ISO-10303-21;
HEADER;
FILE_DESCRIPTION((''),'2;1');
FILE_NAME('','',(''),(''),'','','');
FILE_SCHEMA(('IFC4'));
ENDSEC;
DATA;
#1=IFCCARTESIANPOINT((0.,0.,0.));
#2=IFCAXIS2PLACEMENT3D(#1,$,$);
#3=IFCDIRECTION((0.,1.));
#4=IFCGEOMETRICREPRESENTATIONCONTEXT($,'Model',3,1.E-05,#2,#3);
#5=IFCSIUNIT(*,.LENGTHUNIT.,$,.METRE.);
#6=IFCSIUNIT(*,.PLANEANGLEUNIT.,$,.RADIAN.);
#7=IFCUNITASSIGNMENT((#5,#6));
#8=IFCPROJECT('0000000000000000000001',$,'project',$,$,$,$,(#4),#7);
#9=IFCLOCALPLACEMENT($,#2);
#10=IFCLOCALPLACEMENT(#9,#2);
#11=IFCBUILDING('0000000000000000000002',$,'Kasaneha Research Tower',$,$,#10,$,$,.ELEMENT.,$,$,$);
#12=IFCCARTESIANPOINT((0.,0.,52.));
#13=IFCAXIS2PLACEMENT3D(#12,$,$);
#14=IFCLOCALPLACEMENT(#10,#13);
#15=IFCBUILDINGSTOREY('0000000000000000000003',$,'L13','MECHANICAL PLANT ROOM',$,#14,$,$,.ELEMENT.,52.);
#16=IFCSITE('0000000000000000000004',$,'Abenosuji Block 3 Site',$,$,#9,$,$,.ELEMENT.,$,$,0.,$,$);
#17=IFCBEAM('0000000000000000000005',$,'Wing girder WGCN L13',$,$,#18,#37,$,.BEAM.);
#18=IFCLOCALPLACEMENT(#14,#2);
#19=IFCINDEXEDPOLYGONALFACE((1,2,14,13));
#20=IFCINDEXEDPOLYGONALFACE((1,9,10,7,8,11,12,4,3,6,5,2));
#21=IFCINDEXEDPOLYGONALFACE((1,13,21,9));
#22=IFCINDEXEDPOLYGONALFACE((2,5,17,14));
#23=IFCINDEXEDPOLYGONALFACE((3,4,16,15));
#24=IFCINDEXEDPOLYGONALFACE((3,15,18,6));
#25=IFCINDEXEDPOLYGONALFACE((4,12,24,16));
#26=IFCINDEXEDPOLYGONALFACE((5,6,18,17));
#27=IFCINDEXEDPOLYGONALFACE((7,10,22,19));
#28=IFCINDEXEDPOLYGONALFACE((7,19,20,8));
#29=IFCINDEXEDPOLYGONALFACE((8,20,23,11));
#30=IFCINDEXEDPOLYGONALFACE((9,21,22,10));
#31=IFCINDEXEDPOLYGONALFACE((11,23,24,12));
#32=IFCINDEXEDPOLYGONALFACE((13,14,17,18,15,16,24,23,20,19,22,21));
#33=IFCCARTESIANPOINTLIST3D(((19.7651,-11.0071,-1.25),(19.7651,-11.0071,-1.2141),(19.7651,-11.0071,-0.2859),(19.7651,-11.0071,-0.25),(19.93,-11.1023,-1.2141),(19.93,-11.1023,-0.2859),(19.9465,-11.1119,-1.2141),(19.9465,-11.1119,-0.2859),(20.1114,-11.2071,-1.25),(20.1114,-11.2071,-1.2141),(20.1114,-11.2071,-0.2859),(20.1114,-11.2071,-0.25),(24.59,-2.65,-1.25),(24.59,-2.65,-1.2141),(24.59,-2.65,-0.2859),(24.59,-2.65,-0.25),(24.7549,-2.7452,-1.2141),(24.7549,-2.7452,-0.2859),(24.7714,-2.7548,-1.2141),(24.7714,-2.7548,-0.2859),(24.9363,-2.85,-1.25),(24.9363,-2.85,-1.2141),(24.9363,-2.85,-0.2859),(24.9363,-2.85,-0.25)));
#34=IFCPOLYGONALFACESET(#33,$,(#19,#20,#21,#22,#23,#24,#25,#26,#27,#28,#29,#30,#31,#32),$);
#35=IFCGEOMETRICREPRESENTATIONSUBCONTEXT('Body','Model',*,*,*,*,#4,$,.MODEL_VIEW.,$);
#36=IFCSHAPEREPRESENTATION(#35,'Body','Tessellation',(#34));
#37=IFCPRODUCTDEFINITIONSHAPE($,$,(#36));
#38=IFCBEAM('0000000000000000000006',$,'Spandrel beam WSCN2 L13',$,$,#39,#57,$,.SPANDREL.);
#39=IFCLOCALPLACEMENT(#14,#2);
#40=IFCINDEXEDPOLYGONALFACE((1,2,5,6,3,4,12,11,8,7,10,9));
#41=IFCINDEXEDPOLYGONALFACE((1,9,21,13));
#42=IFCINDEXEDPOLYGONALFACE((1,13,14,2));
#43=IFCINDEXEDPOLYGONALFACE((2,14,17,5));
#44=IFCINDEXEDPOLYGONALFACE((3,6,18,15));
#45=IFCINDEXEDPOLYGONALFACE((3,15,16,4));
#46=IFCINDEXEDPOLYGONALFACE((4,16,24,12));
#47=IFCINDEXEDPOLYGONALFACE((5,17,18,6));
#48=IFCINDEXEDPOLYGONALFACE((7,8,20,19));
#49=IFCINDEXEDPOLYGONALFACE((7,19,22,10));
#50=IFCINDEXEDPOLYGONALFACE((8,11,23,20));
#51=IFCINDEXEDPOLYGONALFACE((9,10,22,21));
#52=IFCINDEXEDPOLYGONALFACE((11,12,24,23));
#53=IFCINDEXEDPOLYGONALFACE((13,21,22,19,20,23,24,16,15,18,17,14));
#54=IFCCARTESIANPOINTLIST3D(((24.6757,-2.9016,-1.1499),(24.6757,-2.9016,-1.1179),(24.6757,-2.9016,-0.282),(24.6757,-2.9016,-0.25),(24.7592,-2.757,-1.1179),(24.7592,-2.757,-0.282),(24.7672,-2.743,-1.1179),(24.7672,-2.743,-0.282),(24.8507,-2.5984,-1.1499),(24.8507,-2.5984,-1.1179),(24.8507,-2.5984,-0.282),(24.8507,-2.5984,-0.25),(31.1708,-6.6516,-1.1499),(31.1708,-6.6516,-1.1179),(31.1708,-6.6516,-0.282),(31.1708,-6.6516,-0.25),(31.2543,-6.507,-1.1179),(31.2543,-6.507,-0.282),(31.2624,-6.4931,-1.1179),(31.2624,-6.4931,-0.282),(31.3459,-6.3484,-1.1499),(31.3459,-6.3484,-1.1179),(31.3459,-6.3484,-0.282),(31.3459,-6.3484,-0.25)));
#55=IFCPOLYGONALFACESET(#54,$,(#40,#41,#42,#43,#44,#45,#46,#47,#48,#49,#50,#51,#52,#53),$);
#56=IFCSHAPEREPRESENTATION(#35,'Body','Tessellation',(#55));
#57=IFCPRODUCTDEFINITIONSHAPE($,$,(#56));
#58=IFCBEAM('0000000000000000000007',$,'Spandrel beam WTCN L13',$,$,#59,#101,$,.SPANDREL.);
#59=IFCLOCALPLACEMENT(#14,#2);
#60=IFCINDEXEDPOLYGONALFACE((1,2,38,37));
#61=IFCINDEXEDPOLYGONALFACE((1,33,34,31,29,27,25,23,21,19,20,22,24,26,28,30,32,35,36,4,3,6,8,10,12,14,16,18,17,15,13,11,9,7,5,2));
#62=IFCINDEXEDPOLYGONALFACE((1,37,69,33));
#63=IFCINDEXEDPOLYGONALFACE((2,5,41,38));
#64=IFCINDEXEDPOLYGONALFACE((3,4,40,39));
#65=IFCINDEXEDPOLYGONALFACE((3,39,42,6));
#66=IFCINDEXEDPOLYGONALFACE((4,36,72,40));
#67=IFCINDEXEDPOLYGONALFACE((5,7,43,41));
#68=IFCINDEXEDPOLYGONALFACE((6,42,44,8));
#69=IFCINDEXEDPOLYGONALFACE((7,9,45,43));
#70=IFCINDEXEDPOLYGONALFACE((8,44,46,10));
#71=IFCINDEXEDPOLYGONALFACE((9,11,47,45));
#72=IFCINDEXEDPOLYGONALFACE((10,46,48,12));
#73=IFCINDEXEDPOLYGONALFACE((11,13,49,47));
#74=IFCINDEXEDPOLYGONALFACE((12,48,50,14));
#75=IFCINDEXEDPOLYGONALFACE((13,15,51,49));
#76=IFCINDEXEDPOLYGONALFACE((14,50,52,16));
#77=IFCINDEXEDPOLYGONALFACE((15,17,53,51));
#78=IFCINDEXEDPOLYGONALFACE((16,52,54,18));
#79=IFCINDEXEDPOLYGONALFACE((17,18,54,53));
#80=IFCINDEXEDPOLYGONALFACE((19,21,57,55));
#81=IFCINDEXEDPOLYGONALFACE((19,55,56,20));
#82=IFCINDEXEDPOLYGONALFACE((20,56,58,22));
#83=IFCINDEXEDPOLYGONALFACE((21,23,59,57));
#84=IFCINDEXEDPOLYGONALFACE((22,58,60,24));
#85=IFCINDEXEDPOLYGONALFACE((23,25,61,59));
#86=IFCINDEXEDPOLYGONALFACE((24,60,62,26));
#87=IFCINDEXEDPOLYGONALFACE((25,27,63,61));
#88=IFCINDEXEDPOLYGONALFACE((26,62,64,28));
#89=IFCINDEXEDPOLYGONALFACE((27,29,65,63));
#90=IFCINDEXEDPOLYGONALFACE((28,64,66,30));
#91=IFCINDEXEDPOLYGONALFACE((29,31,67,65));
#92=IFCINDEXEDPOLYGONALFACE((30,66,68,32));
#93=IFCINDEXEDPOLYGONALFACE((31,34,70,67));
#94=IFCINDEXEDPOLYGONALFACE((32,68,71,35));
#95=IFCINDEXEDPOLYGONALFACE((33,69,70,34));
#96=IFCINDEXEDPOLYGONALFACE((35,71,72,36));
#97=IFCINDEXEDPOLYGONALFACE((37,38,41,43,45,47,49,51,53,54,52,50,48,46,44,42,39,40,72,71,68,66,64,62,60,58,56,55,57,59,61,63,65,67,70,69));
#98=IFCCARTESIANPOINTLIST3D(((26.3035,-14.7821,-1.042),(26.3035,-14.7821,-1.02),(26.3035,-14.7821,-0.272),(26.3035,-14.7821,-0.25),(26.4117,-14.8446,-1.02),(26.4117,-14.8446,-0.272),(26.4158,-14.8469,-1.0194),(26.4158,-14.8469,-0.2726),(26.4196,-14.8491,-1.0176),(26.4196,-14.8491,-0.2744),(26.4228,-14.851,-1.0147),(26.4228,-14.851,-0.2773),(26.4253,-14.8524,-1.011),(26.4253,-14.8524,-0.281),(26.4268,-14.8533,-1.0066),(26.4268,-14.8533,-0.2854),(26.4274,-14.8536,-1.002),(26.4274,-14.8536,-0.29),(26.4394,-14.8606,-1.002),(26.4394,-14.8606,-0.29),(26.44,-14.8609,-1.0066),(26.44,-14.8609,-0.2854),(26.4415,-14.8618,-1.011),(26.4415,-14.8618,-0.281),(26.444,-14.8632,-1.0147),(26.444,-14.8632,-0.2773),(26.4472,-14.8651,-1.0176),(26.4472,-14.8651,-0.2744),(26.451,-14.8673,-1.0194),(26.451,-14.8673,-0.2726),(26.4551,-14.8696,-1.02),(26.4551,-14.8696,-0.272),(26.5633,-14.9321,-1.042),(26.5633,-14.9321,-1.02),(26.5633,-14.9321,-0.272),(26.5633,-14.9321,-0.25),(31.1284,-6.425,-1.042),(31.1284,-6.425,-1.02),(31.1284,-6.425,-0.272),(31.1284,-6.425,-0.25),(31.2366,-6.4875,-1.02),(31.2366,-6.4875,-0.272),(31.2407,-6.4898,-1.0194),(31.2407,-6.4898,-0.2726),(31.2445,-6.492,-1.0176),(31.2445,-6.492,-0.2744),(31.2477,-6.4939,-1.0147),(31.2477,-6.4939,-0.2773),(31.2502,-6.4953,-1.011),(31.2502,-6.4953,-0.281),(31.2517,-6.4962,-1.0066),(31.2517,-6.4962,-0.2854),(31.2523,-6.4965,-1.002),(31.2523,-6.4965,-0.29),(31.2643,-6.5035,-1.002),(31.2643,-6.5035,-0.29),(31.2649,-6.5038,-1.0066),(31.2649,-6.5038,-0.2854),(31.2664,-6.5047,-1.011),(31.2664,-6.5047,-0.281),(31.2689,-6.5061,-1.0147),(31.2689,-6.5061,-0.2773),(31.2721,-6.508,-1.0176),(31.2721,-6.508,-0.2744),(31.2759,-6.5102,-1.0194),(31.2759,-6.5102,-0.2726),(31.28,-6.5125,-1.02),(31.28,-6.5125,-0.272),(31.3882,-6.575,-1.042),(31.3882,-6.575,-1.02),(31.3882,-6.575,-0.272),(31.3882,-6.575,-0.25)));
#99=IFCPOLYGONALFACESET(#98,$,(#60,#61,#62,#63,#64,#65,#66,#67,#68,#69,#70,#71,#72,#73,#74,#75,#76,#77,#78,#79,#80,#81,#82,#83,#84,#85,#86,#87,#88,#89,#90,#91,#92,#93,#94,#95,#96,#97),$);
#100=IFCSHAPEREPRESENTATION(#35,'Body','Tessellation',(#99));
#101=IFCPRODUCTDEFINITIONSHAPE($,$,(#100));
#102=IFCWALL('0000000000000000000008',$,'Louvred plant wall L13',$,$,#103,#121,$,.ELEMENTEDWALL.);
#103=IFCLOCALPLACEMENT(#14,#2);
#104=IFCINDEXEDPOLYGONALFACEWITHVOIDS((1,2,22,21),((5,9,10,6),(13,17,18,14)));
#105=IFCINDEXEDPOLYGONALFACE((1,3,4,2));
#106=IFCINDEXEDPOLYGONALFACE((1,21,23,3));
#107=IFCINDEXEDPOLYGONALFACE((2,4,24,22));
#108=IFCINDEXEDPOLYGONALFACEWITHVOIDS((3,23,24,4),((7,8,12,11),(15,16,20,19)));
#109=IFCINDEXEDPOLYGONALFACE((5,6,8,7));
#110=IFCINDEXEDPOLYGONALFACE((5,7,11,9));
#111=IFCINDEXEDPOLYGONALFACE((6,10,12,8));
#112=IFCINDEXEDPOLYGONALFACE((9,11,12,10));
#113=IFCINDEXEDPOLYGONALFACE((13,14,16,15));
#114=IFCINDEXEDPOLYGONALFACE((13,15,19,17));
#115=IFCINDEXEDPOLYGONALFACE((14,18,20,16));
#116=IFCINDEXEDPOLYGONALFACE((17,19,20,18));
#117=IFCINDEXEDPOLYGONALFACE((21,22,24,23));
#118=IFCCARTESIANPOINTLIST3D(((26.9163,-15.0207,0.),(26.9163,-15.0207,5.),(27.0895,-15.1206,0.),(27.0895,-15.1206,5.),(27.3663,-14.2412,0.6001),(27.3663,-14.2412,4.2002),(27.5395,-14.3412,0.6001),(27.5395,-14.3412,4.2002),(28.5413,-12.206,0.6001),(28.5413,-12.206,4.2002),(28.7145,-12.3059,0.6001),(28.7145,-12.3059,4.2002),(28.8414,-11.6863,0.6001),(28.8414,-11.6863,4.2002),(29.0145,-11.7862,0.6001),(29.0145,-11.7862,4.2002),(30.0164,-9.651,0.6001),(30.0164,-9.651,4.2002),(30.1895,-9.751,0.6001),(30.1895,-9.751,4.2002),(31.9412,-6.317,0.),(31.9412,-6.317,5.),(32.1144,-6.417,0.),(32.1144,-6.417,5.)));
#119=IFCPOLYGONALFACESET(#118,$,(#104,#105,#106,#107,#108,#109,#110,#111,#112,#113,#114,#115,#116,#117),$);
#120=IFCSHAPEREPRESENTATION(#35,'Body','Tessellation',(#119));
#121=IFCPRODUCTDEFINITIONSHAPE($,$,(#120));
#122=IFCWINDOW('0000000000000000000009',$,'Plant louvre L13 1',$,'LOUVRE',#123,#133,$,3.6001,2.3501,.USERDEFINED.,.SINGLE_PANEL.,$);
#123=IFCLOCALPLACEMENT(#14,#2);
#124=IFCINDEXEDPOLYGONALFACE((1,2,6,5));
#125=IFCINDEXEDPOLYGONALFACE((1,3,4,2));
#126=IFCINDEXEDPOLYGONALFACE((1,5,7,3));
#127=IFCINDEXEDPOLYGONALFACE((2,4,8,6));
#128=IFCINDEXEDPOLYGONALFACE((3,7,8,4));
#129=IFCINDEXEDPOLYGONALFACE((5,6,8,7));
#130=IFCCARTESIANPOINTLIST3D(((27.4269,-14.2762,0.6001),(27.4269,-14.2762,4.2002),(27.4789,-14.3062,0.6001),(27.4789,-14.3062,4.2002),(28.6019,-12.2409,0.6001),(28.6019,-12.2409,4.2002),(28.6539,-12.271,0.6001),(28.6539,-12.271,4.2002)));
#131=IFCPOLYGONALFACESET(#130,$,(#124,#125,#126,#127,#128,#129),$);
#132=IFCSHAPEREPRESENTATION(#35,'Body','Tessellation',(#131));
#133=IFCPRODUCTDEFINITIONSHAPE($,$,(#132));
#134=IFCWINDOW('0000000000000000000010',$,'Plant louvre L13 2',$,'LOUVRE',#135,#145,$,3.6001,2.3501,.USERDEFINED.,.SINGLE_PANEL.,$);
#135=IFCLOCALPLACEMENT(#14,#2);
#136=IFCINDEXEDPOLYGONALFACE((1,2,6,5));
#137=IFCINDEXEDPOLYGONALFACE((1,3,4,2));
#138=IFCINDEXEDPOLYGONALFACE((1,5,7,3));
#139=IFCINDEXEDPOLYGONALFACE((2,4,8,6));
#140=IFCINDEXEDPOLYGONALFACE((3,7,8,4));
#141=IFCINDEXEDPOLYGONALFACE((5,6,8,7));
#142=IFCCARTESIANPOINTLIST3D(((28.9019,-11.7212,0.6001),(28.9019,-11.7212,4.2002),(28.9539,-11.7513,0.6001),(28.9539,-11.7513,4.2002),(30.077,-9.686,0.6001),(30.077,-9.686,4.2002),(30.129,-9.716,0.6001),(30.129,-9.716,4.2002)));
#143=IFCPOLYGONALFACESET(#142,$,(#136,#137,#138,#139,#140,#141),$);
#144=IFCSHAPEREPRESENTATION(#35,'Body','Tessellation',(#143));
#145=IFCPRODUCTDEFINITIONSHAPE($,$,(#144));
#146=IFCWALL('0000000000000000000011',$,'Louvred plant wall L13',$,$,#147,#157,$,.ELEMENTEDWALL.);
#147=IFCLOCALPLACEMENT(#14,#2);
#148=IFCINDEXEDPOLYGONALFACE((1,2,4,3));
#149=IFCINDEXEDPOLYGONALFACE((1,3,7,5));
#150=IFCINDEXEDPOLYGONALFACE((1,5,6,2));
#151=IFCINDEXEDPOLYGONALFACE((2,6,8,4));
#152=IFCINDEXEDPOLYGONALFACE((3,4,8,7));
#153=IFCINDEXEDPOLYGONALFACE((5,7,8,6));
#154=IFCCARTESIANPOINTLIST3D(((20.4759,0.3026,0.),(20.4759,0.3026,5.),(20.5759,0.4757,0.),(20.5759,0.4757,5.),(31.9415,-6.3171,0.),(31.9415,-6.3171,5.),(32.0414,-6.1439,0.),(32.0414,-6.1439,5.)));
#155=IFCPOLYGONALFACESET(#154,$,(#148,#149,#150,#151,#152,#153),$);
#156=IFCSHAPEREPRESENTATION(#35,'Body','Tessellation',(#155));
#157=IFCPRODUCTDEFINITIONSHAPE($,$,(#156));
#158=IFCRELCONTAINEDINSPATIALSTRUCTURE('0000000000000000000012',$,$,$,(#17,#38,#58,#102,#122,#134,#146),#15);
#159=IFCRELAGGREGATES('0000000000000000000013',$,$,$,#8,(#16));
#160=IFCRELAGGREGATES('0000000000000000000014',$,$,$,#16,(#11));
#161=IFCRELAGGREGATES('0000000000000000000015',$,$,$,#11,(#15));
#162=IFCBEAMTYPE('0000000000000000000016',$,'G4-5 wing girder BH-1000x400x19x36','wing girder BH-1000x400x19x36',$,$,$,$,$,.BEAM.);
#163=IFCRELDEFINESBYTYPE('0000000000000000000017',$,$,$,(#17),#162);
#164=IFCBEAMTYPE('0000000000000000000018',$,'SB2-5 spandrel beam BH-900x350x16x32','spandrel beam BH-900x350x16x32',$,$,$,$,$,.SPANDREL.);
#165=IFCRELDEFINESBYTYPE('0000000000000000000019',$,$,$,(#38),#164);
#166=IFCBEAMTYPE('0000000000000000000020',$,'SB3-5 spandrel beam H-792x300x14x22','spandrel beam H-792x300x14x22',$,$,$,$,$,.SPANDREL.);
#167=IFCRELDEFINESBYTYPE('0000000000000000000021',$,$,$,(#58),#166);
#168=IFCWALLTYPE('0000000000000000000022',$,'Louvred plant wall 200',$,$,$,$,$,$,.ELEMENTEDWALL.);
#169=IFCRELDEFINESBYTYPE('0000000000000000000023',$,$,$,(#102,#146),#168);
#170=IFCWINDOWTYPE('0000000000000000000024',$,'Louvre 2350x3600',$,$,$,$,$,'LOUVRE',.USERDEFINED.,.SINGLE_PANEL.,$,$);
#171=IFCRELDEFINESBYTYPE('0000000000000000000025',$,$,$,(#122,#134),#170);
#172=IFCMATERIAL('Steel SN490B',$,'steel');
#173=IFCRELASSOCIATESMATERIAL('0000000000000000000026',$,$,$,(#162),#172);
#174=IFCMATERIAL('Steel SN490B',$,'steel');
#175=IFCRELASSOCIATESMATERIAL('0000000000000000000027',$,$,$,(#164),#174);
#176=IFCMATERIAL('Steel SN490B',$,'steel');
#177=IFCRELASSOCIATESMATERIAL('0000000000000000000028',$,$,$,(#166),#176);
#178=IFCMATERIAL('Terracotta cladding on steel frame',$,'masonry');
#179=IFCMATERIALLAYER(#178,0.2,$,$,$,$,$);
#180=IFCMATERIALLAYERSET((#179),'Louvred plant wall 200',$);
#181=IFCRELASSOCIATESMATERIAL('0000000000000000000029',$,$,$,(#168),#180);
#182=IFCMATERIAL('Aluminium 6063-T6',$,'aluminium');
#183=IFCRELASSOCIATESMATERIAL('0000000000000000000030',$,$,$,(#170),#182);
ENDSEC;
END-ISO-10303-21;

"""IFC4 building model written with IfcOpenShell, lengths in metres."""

from ifc_helpers import new_model, si_unit, direction, frame, frame_2d, origin, origin_2d, place, context, subcontext, project, spatial, rectangle, i_section, extrude, material, layer, layer_set, material_profile, profile_set, type_object, element, fill, save


model = new_model("IFC4")

# Units and contexts
model_context = context("Model", 3, precision=1e-05, world=origin(), true_north=direction((0.0, 1.0)))
body_context = subcontext(model_context, "Body", "Model", "MODEL_VIEW")
ifc_project = project(units=[si_unit("LENGTHUNIT", "METRE"), si_unit("PLANEANGLEUNIT", "RADIAN")], contexts=[model_context])

# Site, building, storey
site_placement = place(None, origin())
site = spatial("IfcSite", under=ifc_project, at=site_placement, Name="Abenosuji Block 3 Site", CompositionType="ELEMENT", RefElevation=0.0)
building_placement = place(site_placement, origin())
building = spatial("IfcBuilding", under=site, at=building_placement, Name="Kasaneha Research Tower", CompositionType="ELEMENT")
storey_placement = place(building_placement, frame((0.0, 0.0, 52.0)))
storey = spatial("IfcBuildingStorey", under=building, at=storey_placement, Name="L13", Description="MECHANICAL PLANT ROOM", CompositionType="ELEMENT", Elevation=52.0)

# Beams
ifc_material_1 = material(Name="Steel SN490B", Category="steel")
ifc_material_profile_1 = material_profile(ifc_material_1, i_section(OverallWidth=0.3999, OverallDepth=1.0, WebThickness=0.019, FlangeThickness=0.0359, at=origin_2d()), Name="BH-1000x400x19x36")
ifc_profile_set_1 = profile_set([ifc_material_profile_1], Name="Steel SN490B")
beam_type_1 = type_object("IfcBeamType", Name="G4-5 wing girder BH-1000x400x19x36", Description="wing girder BH-1000x400x19x36", PredefinedType="BEAM", material=ifc_profile_set_1)
beam_1_placement = place(storey_placement, frame((24.7632, -2.75, -0.75), z_axis=(-0.499995, -0.866028, 0.0), x_axis=(0.866028, -0.499995, 0.0)))
element("IfcBeam", 1, at=beam_1_placement, inside=storey, type_object=beam_type_1, Name="Wing girder WGCN L13", PredefinedType="BEAM", context=body_context, shape_type="SweptSolid", body=[
    extrude(i_section(OverallWidth=0.3999, OverallDepth=1.0, WebThickness=0.019, FlangeThickness=0.0359, at=origin_2d()), origin(), (0.0, 0.0, 1.0), 9.6499),
])
ifc_material_2 = material(Name="Steel SN490B", Category="steel")
ifc_material_profile_2 = material_profile(ifc_material_2, i_section(OverallWidth=0.3501, OverallDepth=0.8999, WebThickness=0.0161, FlangeThickness=0.032, at=origin_2d()), Name="BH-900x350x16x32")
ifc_profile_set_2 = profile_set([ifc_material_profile_2], Name="Steel SN490B")
beam_type_2 = type_object("IfcBeamType", Name="SB2-5 spandrel beam BH-900x350x16x32", Description="spandrel beam BH-900x350x16x32", PredefinedType="SPANDREL", material=ifc_profile_set_2)
beam_2_placement = place(storey_placement, frame((24.7632, -2.75, -0.7), z_axis=(0.866023, -0.500004, 0.0), x_axis=(0.500004, 0.866023, 0.0)))
element("IfcBeam", 2, at=beam_2_placement, inside=storey, type_object=beam_type_2, Name="Spandrel beam WSCN2 L13", PredefinedType="SPANDREL", context=body_context, shape_type="SweptSolid", body=[
    extrude(i_section(OverallWidth=0.3501, OverallDepth=0.8999, WebThickness=0.0161, FlangeThickness=0.032, at=origin_2d()), origin(), (0.0, 0.0, 1.0), 7.5),
])
ifc_material_3 = material(Name="Steel SN490B", Category="steel")
ifc_material_profile_3 = material_profile(ifc_material_3, i_section(OverallWidth=0.3, OverallDepth=0.792, WebThickness=0.0139, FlangeThickness=0.022, FilletRadius=0.0181, at=origin_2d()), Name="H-792x300x14x22")
ifc_profile_set_3 = profile_set([ifc_material_profile_3], Name="Steel SN490B")
beam_type_3 = type_object("IfcBeamType", Name="SB3-5 spandrel beam H-792x300x14x22", Description="spandrel beam H-792x300x14x22", PredefinedType="SPANDREL", material=ifc_profile_set_3)
beam_3_placement = place(storey_placement, frame((31.2583, -6.5, -0.646), z_axis=(-0.499995, -0.866028, 0.0), x_axis=(0.866028, -0.499995, 0.0)))
element("IfcBeam", 3, at=beam_3_placement, inside=storey, type_object=beam_type_3, Name="Spandrel beam WTCN L13", PredefinedType="SPANDREL", context=body_context, shape_type="SweptSolid", body=[
    extrude(i_section(OverallWidth=0.3, OverallDepth=0.792, WebThickness=0.0139, FlangeThickness=0.022, FilletRadius=0.0181, at=origin_2d()), origin(), (0.0, 0.0, 1.0), 9.6499),
])

# Wall, openings, windows
ifc_material_4 = material(Name="Terracotta cladding on steel frame", Category="masonry")
ifc_layer_1 = layer(ifc_material_4, 0.2)
ifc_layer_set_1 = layer_set([ifc_layer_1], Name="Louvred plant wall 200")
wall_type_1 = type_object("IfcWallType", Name="Louvred plant wall 200", PredefinedType="ELEMENTEDWALL", material=ifc_layer_set_1)
wall_1_placement = place(storey_placement, frame((27.0029, -15.0706, 0.0), z_axis=(0.0, 0.0, 1.0), x_axis=(0.49999, 0.866031, 0.0)))
wall_1 = element("IfcWall", 4, at=wall_1_placement, inside=storey, type_object=wall_type_1, Name="Louvred plant wall L13", PredefinedType="ELEMENTEDWALL", context=body_context, shape_type="SweptSolid", body=[
    extrude(rectangle(XDim=10.05, YDim=0.2, at=frame_2d((5.0249, 0.0))), origin(), (0.0, 0.0, 1.0), 5.0),
])
opening_1_placement = place(wall_1_placement, frame((0.8999, 0.0, 0.6001)))
opening_1 = element("IfcOpeningElement", 5, at=opening_1_placement, cuts=wall_1, PredefinedType="OPENING", context=body_context, shape_type="SweptSolid", body=[
    extrude(rectangle(XDim=2.3501, YDim=3.6001, at=frame_2d((1.175, 1.8))), frame((0.0, 0.1099, 0.0), z_axis=(0.0, -1.0, 0.0), x_axis=(1.0, 0.0, 0.0)), (0.0, 0.0, 1.0), 0.22),
])
opening_2_placement = place(wall_1_placement, frame((3.8501, 0.0, 0.6001)))
opening_2 = element("IfcOpeningElement", 6, at=opening_2_placement, cuts=wall_1, PredefinedType="OPENING", context=body_context, shape_type="SweptSolid", body=[
    extrude(rectangle(XDim=2.3501, YDim=3.6001, at=frame_2d((1.175, 1.8))), frame((0.0, 0.1099, 0.0), z_axis=(0.0, -1.0, 0.0), x_axis=(1.0, 0.0, 0.0)), (0.0, 0.0, 1.0), 0.22),
])
ifc_material_5 = material(Name="Aluminium 6063-T6", Category="aluminium")
window_type = type_object("IfcWindowType", Name="Louvre 2350x3600", ElementType="LOUVRE", PartitioningType="SINGLE_PANEL", PredefinedType="USERDEFINED", material=ifc_material_5)
window_1_placement = place(opening_1_placement, origin())
window_1 = element("IfcWindow", 7, at=window_1_placement, inside=storey, type_object=window_type, Name="Plant louvre L13 1", ObjectType="LOUVRE", OverallHeight=3.6001, OverallWidth=2.3501, PartitioningType="SINGLE_PANEL", PredefinedType="USERDEFINED", context=body_context, shape_type="SweptSolid", body=[
    extrude(rectangle(XDim=2.3501, YDim=3.6001, at=frame_2d((1.175, 1.8))), frame((0.0, 0.03, 0.0), z_axis=(0.0, -1.0, 0.0), x_axis=(1.0, 0.0, 0.0)), (0.0, 0.0, 1.0), 0.0601),
])
fill(opening_1, window_1)
window_2_placement = place(opening_2_placement, origin())
window_2 = element("IfcWindow", 8, at=window_2_placement, inside=storey, type_object=window_type, Name="Plant louvre L13 2", ObjectType="LOUVRE", OverallHeight=3.6001, OverallWidth=2.3501, PartitioningType="SINGLE_PANEL", PredefinedType="USERDEFINED", context=body_context, shape_type="SweptSolid", body=[
    extrude(rectangle(XDim=2.3501, YDim=3.6001, at=frame_2d((1.175, 1.8))), frame((0.0, 0.03, 0.0), z_axis=(0.0, -1.0, 0.0), x_axis=(1.0, 0.0, 0.0)), (0.0, 0.0, 1.0), 0.0601),
])
fill(opening_2, window_2)

# Wall
wall_2_placement = place(storey_placement, frame((31.9915, -6.2305, 0.0), z_axis=(0.0, 0.0, 1.0), x_axis=(-0.866026, 0.499999, 0.0)))
element("IfcWall", 9, at=wall_2_placement, inside=storey, type_object=wall_type_1, Name="Louvred plant wall L13", PredefinedType="ELEMENTEDWALL", context=body_context, shape_type="SweptSolid", body=[
    extrude(rectangle(XDim=13.2393, YDim=0.2, at=frame_2d((6.6196, 0.0))), origin(), (0.0, 0.0, 1.0), 5.0),
])

save(model, "model.ifc")
